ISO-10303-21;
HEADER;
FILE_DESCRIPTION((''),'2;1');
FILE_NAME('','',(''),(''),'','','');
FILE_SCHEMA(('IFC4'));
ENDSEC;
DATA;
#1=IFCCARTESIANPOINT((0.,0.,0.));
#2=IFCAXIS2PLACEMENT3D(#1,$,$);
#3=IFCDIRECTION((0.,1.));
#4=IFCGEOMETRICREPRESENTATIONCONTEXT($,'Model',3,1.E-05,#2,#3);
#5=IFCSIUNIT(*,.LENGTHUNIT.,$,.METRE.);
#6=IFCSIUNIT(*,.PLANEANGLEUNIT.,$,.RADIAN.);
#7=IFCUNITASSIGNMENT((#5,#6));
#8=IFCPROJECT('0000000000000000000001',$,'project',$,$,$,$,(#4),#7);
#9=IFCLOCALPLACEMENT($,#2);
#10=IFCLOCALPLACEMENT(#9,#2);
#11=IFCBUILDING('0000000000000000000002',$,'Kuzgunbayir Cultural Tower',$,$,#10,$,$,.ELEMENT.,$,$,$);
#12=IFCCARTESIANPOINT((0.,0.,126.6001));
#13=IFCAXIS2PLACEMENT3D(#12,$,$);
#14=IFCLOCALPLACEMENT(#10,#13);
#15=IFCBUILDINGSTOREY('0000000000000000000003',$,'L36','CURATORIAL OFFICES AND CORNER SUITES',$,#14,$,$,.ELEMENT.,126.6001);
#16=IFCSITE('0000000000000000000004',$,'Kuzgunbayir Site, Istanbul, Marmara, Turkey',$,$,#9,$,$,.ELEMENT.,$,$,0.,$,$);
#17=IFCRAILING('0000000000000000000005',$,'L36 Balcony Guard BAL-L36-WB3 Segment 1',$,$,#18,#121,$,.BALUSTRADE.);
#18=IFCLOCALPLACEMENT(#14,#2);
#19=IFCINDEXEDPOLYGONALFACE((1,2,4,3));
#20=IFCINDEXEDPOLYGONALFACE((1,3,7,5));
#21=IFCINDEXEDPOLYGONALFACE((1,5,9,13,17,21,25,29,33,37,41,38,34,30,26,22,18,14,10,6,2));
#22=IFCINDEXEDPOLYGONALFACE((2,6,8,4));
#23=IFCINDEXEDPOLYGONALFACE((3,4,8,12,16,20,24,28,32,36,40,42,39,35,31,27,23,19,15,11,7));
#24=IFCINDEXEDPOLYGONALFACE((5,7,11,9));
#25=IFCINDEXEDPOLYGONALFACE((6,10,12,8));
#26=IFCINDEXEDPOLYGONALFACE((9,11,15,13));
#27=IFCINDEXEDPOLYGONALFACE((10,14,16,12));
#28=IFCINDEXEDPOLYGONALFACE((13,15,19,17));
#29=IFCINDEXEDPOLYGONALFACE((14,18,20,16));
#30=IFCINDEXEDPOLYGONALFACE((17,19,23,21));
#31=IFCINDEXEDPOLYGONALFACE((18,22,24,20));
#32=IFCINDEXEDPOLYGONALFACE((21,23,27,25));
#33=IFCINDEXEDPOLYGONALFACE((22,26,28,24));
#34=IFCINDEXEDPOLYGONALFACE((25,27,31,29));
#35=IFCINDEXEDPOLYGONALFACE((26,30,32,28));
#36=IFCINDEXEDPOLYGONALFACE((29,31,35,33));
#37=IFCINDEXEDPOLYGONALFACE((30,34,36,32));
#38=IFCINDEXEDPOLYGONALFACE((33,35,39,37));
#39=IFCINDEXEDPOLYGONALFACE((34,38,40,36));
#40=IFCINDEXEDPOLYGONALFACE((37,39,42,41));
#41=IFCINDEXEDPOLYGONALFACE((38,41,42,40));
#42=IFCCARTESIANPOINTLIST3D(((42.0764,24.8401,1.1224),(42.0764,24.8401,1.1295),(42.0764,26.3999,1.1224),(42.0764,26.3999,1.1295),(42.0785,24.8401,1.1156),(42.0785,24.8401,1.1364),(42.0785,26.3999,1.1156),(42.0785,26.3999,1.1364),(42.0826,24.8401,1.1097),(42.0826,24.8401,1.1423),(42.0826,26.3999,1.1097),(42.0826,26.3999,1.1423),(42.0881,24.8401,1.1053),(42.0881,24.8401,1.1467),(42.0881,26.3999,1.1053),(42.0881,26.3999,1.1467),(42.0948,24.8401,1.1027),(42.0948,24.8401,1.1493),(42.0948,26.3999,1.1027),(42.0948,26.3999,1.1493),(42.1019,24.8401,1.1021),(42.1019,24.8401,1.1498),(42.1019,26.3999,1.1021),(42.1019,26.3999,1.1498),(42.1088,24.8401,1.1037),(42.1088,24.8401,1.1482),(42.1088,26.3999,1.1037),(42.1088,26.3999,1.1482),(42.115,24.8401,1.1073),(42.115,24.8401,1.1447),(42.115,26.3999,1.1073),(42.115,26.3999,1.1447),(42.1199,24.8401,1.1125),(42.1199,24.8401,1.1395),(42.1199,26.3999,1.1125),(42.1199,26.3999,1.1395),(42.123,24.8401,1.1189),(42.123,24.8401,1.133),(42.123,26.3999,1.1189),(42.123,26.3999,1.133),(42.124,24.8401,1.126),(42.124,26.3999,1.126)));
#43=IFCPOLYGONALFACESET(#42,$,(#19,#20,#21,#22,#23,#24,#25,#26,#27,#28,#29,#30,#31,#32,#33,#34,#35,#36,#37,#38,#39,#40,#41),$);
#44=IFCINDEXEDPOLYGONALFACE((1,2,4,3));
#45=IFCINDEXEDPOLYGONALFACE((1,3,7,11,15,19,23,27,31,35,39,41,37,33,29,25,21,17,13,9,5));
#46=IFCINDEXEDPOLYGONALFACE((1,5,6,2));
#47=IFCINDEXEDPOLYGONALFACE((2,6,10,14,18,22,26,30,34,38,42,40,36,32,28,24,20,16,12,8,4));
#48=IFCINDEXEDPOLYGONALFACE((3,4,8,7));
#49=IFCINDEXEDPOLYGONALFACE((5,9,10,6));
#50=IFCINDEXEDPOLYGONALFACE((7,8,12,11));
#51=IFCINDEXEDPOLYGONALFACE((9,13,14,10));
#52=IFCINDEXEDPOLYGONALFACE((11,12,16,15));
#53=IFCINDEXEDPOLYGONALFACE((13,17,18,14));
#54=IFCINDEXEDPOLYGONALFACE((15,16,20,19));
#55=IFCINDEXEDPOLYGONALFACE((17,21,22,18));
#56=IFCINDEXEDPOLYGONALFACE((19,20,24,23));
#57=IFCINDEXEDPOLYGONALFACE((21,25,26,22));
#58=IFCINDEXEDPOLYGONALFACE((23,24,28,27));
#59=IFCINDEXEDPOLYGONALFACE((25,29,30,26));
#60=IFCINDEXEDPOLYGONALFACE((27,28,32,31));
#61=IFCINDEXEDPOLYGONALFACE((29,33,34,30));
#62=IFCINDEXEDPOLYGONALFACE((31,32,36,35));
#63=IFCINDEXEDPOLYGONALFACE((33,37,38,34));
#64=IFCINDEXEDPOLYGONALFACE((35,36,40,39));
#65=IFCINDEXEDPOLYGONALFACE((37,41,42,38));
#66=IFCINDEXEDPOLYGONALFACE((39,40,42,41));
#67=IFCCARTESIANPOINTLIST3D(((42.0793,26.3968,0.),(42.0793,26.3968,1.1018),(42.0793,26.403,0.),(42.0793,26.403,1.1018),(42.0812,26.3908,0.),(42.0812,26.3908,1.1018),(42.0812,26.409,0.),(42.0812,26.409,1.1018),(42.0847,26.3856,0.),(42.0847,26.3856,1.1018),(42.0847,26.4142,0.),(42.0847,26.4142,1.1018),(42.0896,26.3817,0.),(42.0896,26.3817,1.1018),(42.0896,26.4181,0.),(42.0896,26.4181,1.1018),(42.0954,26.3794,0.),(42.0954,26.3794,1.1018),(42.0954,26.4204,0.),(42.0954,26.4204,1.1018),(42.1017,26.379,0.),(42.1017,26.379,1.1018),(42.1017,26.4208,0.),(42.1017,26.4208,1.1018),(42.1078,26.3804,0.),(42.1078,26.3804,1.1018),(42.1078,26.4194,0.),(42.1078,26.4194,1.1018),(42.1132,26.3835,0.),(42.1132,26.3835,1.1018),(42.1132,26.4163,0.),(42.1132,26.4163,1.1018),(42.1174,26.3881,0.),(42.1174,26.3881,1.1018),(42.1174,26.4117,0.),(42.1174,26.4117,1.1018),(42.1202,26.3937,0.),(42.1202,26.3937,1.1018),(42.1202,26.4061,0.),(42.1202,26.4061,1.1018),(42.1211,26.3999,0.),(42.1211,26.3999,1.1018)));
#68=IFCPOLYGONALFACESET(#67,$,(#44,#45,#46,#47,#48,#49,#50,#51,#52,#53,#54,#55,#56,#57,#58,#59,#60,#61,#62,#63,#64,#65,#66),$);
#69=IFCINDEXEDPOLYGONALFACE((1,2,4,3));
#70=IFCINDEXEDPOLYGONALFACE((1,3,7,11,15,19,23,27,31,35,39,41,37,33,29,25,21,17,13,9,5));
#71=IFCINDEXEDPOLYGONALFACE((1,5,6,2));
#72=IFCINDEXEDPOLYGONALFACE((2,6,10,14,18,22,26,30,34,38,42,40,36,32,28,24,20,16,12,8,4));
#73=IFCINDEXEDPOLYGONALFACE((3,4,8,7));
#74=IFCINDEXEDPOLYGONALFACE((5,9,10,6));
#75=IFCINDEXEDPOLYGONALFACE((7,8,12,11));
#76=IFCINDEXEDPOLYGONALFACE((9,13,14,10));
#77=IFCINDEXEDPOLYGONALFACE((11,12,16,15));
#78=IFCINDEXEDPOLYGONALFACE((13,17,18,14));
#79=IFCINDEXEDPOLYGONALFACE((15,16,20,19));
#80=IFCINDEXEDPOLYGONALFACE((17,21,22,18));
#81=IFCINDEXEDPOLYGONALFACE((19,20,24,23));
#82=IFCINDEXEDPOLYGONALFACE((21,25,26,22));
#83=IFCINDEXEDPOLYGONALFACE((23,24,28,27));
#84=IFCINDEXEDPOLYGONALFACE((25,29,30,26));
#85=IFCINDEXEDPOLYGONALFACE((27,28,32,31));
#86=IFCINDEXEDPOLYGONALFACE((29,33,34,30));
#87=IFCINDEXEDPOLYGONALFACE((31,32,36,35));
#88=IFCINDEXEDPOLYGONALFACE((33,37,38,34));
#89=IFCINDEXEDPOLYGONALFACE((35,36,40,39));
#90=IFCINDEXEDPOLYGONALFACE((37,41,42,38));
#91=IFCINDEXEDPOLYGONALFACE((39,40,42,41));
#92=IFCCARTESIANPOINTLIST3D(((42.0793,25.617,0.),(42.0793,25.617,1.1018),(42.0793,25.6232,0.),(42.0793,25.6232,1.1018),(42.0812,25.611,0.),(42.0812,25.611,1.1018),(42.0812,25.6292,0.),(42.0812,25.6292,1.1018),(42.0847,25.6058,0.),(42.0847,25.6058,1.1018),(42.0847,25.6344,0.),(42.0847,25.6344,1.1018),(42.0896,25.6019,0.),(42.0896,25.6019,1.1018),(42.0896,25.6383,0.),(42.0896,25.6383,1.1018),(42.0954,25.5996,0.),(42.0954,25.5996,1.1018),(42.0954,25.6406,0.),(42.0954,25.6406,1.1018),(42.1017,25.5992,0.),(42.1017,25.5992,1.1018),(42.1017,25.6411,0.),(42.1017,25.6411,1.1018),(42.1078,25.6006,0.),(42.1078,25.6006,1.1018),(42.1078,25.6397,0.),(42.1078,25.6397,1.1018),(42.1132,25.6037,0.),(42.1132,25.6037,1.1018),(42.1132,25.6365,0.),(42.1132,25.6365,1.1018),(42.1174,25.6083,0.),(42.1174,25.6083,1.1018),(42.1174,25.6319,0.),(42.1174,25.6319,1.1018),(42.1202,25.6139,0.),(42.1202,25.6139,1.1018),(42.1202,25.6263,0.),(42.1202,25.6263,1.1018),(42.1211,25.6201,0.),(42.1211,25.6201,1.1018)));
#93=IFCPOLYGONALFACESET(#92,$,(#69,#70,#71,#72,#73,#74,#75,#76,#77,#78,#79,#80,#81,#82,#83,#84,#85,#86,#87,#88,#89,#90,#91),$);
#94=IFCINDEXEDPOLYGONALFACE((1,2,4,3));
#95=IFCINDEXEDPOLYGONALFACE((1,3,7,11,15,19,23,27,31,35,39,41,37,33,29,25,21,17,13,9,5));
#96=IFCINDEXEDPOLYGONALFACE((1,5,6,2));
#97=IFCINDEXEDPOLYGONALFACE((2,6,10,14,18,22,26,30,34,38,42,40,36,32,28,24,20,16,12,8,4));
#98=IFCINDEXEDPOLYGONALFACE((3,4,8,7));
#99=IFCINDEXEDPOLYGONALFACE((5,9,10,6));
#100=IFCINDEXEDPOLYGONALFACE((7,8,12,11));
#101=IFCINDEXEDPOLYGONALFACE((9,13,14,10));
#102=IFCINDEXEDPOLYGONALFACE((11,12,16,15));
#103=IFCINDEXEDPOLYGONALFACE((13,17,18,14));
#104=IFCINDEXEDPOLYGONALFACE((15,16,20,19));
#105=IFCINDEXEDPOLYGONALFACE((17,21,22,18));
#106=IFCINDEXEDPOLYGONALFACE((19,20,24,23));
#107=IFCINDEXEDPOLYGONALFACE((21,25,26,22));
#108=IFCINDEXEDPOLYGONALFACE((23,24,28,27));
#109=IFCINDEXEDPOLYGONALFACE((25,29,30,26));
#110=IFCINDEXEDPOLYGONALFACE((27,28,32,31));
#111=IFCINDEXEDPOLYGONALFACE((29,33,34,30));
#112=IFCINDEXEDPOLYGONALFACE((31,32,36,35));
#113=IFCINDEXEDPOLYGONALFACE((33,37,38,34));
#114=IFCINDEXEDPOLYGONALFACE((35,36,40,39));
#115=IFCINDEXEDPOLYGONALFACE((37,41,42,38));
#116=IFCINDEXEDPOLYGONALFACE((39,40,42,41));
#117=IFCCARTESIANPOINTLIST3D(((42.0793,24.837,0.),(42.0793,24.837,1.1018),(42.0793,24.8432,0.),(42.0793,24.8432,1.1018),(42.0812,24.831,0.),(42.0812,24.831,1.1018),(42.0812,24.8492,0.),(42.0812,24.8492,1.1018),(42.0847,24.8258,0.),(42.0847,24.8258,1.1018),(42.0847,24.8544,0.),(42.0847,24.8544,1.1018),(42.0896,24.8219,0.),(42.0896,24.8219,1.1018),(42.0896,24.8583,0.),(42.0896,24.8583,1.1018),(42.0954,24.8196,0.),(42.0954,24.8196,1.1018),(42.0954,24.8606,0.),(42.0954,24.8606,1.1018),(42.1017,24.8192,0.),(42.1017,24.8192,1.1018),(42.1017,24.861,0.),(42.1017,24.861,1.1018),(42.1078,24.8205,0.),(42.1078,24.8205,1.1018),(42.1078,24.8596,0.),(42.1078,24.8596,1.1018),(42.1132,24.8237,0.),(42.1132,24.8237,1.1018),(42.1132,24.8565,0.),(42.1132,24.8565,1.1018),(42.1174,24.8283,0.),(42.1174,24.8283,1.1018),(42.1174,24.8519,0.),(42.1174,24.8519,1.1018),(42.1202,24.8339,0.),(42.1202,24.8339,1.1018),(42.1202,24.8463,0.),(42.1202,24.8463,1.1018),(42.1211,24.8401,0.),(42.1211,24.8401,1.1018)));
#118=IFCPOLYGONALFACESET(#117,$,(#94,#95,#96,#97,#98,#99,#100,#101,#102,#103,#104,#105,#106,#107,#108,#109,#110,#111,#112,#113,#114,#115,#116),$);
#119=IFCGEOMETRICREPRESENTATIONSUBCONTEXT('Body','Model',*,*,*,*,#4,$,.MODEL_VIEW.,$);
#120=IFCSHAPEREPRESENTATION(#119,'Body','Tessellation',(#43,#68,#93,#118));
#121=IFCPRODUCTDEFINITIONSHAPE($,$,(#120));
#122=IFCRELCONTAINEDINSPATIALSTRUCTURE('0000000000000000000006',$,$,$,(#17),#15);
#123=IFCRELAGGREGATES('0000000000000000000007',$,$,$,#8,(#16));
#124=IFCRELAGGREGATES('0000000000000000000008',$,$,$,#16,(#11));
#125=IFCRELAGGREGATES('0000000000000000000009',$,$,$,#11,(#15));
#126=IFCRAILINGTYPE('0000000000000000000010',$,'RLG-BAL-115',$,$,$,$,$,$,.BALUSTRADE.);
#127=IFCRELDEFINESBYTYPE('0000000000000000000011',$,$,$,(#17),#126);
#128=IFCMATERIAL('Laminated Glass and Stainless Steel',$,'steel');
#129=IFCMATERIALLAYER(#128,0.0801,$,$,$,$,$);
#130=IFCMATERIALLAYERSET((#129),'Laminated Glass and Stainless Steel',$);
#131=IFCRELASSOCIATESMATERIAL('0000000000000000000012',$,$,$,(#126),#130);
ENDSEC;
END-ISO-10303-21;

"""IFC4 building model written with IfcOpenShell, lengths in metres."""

from ifc_helpers import new_model, si_unit, direction, frame, origin, origin_2d, place, context, subcontext, project, spatial, circle, extrude, material, layer, layer_set, type_object, element, save


model = new_model("IFC4")

# Units and contexts
model_context = context("Model", 3, precision=1e-05, world=origin(), true_north=direction((0.0, 1.0)))
body_context = subcontext(model_context, "Body", "Model", "MODEL_VIEW")
ifc_project = project(units=[si_unit("LENGTHUNIT", "METRE"), si_unit("PLANEANGLEUNIT", "RADIAN")], contexts=[model_context])

# Site, building, storey
site_placement = place(None, origin())
site = spatial("IfcSite", under=ifc_project, at=site_placement, Name="Kuzgunbayir Site, Istanbul, Marmara, Turkey", CompositionType="ELEMENT", RefElevation=0.0)
building_placement = place(site_placement, origin())
building = spatial("IfcBuilding", under=site, at=building_placement, Name="Kuzgunbayir Cultural Tower", CompositionType="ELEMENT")
storey_placement = place(building_placement, frame((0.0, 0.0, 126.6001)))
storey = spatial("IfcBuildingStorey", under=building, at=storey_placement, Name="L36", Description="CURATORIAL OFFICES AND CORNER SUITES", CompositionType="ELEMENT", Elevation=126.6001)

# Railing
ifc_material_1 = material(Name="Laminated Glass and Stainless Steel", Category="steel")
ifc_layer_1 = layer(ifc_material_1, 0.0801)
ifc_layer_set_1 = layer_set([ifc_layer_1], Name="Laminated Glass and Stainless Steel")
railing_type = type_object("IfcRailingType", Name="RLG-BAL-115", PredefinedType="BALUSTRADE", material=ifc_layer_set_1)
railing_1_placement = place(storey_placement, frame((42.1001, 26.3999, 0.0)))
element("IfcRailing", 1, at=railing_1_placement, inside=storey, type_object=railing_type, Name="L36 Balcony Guard BAL-L36-WB3 Segment 1", PredefinedType="BALUSTRADE", context=body_context, shape_type="SweptSolid", body=[
    extrude(circle(Radius=0.0239, at=origin_2d()), frame((0.0, 0.0, 1.126), z_axis=(0.0, -1.0, 0.0), x_axis=(1.0, 0.0, 0.0)), (0.0, 0.0, 1.0), 1.5598),
    extrude(circle(Radius=0.021, at=origin_2d()), origin(), (0.0, 0.0, 1.0), 1.1018),
    extrude(circle(Radius=0.021, at=origin_2d()), frame((0.0, -0.7798, 0.0)), (0.0, 0.0, 1.0), 1.1018),
    extrude(circle(Radius=0.021, at=origin_2d()), frame((0.0, -1.5598, 0.0)), (0.0, 0.0, 1.0), 1.1018),
])

save(model, "model.ifc")
